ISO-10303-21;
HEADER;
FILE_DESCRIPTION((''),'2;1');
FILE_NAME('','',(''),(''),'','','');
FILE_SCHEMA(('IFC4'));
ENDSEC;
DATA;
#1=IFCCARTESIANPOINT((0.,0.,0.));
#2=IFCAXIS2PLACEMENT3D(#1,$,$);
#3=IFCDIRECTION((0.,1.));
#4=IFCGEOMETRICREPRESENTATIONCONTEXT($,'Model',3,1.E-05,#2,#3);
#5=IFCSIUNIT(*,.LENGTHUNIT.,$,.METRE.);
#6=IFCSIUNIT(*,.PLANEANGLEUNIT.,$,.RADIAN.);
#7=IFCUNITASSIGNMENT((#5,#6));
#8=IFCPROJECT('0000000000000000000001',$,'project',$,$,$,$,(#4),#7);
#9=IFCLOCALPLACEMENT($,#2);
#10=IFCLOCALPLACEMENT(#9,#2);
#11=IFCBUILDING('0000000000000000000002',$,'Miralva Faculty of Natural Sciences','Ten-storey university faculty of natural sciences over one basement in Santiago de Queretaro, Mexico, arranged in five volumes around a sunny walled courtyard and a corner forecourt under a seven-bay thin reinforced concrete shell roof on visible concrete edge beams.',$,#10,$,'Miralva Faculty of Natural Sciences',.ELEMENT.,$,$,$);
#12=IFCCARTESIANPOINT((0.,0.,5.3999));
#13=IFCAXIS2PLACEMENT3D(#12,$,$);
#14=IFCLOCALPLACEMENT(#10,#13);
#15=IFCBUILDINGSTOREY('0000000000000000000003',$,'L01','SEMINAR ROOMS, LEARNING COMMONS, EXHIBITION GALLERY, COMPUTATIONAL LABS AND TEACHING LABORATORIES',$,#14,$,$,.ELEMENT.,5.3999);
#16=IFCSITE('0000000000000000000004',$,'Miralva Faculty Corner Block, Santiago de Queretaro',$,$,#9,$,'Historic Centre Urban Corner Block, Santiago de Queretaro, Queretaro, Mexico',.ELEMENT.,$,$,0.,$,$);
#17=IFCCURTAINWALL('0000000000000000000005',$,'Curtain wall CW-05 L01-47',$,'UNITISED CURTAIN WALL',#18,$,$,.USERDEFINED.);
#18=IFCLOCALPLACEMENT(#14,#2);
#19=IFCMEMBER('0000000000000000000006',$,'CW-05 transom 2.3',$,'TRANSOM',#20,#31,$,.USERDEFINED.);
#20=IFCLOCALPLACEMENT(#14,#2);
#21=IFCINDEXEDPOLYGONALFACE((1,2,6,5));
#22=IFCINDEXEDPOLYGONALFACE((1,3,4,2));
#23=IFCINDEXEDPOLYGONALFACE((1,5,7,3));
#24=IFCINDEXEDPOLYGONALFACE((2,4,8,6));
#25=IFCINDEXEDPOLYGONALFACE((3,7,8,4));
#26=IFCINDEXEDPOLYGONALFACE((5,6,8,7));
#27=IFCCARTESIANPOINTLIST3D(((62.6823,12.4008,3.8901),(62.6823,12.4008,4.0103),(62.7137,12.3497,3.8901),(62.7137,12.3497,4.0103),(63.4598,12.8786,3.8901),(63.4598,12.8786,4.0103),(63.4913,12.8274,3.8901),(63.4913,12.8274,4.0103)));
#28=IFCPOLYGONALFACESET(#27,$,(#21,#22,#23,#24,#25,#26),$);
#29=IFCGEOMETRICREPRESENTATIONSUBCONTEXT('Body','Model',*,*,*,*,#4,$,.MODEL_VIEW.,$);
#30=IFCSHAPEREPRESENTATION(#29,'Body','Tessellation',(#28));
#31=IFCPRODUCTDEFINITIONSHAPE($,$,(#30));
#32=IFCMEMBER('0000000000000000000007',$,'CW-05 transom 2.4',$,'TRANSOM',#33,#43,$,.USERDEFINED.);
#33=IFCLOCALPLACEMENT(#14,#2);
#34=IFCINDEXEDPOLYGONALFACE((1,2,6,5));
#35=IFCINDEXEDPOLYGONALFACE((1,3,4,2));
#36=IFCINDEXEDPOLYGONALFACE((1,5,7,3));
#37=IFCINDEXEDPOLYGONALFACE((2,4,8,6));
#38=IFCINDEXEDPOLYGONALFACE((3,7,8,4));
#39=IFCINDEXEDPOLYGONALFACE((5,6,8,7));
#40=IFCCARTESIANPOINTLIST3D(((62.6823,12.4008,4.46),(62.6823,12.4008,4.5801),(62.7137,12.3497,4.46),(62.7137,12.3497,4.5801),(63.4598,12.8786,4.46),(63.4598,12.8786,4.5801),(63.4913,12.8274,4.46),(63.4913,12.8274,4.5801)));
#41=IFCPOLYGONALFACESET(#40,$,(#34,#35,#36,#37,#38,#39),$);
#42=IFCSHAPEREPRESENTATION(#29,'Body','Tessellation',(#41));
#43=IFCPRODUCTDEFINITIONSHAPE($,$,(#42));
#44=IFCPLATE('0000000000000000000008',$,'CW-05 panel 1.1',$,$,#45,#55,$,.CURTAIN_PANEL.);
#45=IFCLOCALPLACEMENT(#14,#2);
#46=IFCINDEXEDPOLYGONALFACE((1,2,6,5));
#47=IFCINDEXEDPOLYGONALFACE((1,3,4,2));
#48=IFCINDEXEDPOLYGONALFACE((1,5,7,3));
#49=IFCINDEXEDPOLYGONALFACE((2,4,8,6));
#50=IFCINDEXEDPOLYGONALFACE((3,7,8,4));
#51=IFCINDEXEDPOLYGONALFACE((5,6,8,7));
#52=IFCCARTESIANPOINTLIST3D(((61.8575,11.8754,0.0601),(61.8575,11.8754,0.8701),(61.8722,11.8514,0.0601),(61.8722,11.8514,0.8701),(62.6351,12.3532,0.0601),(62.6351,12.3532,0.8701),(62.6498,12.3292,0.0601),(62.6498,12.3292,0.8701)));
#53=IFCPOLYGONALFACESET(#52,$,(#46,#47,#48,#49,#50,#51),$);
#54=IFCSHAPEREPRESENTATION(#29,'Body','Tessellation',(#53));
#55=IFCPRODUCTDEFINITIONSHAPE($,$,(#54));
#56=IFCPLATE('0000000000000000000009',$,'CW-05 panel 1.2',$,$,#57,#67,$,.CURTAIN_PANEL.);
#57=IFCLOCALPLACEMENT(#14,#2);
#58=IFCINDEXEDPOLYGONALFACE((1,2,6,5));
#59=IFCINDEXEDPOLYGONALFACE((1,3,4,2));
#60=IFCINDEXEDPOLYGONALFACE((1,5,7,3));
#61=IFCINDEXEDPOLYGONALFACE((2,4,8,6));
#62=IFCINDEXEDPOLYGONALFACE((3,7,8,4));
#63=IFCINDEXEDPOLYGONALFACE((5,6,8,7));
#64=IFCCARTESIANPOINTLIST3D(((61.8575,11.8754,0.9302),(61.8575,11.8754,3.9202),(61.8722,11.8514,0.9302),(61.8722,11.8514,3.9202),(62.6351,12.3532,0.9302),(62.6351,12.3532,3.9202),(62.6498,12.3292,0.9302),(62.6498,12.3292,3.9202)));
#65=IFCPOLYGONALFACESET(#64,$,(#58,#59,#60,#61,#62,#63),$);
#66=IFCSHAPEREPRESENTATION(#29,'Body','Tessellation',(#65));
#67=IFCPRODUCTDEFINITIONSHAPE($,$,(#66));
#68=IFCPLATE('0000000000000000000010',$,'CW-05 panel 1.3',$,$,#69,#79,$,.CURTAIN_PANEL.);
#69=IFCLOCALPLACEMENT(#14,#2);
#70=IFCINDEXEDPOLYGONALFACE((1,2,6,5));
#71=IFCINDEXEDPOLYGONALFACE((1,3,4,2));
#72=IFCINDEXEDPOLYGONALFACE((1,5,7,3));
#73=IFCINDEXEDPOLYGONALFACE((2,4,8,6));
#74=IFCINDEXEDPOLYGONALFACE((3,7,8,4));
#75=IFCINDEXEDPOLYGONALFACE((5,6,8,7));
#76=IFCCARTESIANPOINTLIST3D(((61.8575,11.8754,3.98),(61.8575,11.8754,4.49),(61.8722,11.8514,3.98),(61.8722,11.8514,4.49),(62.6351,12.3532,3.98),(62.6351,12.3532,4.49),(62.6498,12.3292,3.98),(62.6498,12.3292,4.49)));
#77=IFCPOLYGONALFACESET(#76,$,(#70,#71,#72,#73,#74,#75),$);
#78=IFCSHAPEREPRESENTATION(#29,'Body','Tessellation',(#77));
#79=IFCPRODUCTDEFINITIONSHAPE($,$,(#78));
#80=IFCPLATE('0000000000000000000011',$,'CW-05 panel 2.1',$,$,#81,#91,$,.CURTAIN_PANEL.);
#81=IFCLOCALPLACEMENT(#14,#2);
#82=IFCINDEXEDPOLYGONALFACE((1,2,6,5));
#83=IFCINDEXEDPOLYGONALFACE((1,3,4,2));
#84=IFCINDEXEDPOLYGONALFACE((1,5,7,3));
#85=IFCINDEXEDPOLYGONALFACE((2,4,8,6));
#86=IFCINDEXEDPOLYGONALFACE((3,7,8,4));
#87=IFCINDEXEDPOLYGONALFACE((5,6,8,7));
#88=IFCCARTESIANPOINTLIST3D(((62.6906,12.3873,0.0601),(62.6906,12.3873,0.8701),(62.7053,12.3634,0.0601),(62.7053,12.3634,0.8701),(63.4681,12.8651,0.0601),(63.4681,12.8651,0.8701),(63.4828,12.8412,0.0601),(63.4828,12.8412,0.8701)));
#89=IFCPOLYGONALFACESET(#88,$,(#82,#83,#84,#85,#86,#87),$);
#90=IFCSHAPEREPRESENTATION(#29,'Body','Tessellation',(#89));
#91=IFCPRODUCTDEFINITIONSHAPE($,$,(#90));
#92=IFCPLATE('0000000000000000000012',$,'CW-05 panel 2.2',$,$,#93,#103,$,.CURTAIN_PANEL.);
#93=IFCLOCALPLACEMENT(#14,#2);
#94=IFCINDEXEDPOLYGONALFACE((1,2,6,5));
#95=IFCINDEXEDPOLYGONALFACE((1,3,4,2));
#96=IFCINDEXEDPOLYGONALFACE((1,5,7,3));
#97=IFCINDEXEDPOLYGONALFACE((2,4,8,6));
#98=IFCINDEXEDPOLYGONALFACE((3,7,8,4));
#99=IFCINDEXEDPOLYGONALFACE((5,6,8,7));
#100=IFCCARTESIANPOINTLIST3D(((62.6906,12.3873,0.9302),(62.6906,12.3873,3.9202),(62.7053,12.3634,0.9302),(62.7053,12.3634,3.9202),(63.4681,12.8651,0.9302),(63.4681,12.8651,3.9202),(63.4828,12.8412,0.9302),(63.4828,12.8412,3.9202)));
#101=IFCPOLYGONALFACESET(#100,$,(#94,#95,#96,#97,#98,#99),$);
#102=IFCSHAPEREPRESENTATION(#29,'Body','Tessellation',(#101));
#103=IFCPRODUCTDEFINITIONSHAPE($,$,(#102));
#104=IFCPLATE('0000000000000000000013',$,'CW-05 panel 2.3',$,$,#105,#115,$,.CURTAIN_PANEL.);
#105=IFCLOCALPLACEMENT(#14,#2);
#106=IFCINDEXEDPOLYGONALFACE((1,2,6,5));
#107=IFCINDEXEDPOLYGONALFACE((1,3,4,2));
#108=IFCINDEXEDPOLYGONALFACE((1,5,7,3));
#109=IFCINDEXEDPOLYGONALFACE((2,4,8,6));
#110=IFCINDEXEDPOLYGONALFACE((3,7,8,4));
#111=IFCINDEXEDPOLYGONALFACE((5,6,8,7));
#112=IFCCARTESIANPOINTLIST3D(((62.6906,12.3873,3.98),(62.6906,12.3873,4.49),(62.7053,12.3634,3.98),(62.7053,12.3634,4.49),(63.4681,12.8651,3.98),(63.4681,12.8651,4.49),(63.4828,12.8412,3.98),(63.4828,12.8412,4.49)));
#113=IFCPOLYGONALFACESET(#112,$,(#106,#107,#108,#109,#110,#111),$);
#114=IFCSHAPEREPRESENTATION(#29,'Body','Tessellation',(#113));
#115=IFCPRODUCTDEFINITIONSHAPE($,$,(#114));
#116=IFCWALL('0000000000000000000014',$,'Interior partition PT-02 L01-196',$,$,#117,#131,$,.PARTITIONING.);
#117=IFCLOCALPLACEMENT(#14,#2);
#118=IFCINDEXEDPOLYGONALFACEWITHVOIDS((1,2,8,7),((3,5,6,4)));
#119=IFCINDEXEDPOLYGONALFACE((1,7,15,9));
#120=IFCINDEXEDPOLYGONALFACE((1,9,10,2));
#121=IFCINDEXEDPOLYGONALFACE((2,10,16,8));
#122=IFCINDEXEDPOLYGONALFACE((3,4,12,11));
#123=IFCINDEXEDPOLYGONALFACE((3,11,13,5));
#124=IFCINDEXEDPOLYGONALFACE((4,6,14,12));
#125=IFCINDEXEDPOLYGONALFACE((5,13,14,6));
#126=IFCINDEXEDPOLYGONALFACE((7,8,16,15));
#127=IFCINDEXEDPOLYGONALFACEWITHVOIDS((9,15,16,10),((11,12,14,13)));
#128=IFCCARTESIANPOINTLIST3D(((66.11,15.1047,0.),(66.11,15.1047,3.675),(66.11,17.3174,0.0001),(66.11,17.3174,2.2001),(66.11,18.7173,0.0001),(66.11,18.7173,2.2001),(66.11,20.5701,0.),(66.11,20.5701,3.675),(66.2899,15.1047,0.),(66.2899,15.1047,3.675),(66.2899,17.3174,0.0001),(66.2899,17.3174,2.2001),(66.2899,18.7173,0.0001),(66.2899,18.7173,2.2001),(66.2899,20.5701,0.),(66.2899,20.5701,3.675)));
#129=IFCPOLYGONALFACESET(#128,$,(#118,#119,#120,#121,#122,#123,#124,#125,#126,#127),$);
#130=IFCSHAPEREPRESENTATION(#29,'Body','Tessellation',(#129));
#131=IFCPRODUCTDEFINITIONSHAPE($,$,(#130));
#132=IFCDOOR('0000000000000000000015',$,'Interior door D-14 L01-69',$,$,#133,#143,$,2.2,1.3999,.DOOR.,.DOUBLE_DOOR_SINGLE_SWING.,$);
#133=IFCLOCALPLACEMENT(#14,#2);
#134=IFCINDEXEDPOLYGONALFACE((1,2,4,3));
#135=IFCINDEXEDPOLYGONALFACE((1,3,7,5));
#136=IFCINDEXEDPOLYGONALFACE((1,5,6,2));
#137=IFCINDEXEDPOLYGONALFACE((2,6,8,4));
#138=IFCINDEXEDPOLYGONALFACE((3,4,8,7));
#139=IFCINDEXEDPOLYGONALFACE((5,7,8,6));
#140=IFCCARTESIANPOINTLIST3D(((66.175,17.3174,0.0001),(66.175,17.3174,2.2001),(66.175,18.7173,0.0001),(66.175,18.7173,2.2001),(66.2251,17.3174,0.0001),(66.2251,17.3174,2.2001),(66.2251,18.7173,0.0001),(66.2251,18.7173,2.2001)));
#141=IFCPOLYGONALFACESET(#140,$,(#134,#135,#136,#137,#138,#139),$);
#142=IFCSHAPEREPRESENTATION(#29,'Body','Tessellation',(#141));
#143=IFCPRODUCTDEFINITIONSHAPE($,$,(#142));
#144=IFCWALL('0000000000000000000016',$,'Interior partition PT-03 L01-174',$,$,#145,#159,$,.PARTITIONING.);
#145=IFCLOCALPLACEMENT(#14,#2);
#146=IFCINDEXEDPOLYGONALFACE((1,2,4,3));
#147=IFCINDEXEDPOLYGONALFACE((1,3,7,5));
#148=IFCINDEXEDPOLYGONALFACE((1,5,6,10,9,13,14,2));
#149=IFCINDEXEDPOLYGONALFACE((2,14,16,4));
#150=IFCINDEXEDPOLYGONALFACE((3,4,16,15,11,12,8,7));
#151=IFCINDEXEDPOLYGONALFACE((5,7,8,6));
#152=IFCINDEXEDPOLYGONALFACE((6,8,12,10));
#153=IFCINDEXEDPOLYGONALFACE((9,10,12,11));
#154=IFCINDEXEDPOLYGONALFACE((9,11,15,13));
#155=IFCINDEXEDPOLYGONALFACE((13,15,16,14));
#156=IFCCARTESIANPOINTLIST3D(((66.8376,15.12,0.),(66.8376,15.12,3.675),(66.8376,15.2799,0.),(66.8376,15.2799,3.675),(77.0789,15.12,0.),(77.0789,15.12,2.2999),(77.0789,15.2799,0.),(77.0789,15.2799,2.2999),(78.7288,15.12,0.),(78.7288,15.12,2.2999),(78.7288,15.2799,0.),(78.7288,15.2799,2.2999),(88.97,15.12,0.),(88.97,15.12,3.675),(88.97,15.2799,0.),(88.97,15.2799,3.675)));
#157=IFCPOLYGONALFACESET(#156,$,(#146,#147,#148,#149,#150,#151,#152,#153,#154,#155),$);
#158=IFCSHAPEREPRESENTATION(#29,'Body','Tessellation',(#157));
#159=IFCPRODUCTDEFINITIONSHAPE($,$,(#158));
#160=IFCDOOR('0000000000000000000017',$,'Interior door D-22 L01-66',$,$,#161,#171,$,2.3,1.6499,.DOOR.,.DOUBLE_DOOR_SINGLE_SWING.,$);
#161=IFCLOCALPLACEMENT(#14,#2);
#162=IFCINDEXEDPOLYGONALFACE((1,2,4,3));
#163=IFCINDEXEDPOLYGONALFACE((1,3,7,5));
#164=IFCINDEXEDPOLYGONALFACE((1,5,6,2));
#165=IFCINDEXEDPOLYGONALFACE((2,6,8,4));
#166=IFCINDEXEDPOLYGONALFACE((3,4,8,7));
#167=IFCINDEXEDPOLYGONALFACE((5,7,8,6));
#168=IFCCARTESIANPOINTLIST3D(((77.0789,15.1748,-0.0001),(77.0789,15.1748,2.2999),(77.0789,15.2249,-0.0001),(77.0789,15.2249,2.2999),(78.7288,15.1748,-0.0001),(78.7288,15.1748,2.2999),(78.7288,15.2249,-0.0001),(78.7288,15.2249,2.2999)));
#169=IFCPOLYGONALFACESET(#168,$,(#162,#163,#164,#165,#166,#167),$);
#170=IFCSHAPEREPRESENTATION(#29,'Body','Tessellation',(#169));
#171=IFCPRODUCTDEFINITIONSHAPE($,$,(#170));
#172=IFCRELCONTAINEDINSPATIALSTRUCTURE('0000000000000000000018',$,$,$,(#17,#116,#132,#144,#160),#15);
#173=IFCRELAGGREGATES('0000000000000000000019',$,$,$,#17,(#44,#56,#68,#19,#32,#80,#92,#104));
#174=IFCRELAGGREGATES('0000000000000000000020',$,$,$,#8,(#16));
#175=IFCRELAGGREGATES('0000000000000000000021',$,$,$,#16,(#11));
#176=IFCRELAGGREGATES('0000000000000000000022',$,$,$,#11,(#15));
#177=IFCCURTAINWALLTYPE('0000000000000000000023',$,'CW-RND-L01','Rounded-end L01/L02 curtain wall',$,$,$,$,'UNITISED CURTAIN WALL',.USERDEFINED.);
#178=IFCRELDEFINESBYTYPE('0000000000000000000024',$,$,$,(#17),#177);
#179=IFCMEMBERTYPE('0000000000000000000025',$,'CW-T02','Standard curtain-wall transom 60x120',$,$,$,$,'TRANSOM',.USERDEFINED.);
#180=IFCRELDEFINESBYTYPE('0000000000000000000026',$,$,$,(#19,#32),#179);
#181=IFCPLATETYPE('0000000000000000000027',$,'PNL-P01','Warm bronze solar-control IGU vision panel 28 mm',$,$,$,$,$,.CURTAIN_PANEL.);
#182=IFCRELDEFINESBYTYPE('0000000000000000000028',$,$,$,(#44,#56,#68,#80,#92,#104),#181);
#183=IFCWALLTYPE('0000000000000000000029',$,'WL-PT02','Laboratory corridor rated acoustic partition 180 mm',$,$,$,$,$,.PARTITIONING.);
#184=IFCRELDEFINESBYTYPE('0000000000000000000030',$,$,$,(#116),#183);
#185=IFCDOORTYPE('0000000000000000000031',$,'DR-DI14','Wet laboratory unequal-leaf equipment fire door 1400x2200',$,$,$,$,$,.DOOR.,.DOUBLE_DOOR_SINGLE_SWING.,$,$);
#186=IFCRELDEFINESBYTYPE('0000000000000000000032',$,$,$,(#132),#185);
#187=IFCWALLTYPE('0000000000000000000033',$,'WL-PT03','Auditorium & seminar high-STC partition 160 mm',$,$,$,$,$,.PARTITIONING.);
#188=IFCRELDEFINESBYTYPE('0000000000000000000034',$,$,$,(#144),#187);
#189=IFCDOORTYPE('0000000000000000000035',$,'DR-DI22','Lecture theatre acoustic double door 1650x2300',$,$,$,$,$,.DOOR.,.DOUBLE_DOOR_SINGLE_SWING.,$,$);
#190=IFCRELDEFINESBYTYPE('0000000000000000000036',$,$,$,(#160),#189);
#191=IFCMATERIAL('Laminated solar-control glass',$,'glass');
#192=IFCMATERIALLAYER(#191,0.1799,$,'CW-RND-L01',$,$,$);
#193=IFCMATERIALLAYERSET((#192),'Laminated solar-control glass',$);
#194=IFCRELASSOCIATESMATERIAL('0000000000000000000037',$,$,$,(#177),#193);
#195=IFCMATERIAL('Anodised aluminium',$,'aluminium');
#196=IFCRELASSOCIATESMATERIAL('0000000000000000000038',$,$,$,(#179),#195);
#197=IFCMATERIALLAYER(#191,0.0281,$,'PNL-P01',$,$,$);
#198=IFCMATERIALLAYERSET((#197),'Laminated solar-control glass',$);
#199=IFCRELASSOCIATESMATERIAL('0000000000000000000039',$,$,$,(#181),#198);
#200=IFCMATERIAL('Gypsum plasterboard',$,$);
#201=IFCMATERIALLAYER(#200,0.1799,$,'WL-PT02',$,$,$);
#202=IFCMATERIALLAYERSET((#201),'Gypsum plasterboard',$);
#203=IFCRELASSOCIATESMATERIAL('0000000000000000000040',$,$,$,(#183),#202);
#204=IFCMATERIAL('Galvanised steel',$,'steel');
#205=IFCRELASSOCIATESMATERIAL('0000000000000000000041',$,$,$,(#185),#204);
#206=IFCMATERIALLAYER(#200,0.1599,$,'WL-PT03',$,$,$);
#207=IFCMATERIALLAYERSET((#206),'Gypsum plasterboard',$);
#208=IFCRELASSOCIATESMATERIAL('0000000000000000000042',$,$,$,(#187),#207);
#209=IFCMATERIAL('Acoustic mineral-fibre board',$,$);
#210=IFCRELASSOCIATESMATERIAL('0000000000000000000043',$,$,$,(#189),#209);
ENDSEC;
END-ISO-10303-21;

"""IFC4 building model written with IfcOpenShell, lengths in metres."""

from ifc_helpers import new_model, si_unit, direction, frame, frame_2d, origin, origin_2d, place, context, subcontext, project, spatial, rectangle, extrude, material, layer, layer_set, material_profile, profile_set, type_object, element, fill, aggregate, save


model = new_model("IFC4")

# Units and contexts
model_context = context("Model", 3, precision=1e-05, world=origin(), true_north=direction((0.0, 1.0)))
body_context = subcontext(model_context, "Body", "Model", "MODEL_VIEW")
ifc_project = project(units=[si_unit("LENGTHUNIT", "METRE"), si_unit("PLANEANGLEUNIT", "RADIAN")], contexts=[model_context])

# Site, building, storey
site_placement = place(None, origin())
site = spatial("IfcSite", under=ifc_project, at=site_placement, Name="Miralva Faculty Corner Block, Santiago de Queretaro", LongName="Historic Centre Urban Corner Block, Santiago de Queretaro, Queretaro, Mexico", CompositionType="ELEMENT", RefElevation=0.0)
building_placement = place(site_placement, origin())
building = spatial("IfcBuilding", under=site, at=building_placement, Name="Miralva Faculty of Natural Sciences", Description="Ten-storey university faculty of natural sciences over one basement in Santiago de Queretaro, Mexico, arranged in five volumes around a sunny walled courtyard and a corner forecourt under a seven-bay thin reinforced concrete shell roof on visible concrete edge beams.", LongName="Miralva Faculty of Natural Sciences", CompositionType="ELEMENT")
storey_placement = place(building_placement, frame((0.0, 0.0, 5.3999)))
storey = spatial("IfcBuildingStorey", under=building, at=storey_placement, Name="L01", Description="SEMINAR ROOMS, LEARNING COMMONS, EXHIBITION GALLERY, COMPUTATIONAL LABS AND TEACHING LABORATORIES", CompositionType="ELEMENT", Elevation=5.3999)

# Curtain wall, members, plates
ifc_material_1 = material(Name="Laminated solar-control glass", Category="glass")
ifc_layer_1 = layer(ifc_material_1, 0.1799, Name="CW-RND-L01")
ifc_layer_set_1 = layer_set([ifc_layer_1], Name="Laminated solar-control glass")
curtain_wall_type = type_object("IfcCurtainWallType", Name="CW-RND-L01", Description="Rounded-end L01/L02 curtain wall", ElementType="UNITISED CURTAIN WALL", PredefinedType="USERDEFINED", material=ifc_layer_set_1)
curtain_wall_placement = place(storey_placement, origin())
curtain_wall = element("IfcCurtainWall", 1, at=curtain_wall_placement, inside=storey, type_object=curtain_wall_type, Name="Curtain wall CW-05 L01-47", ObjectType="UNITISED CURTAIN WALL", PredefinedType="USERDEFINED")
ifc_material_2 = material(Name="Anodised aluminium", Category="aluminium")
ifc_material_profile_1 = material_profile(ifc_material_2, rectangle(XDim=0.0601, YDim=0.1201, at=origin_2d()), Name="TRANSOM 60x120")
ifc_profile_set_1 = profile_set([ifc_material_profile_1], Name="Anodised aluminium")
member_type_1 = type_object("IfcMemberType", Name="CW-T02", Description="Standard curtain-wall transom 60x120", ElementType="TRANSOM", PredefinedType="USERDEFINED", material=ifc_profile_set_1)
member_1_placement = place(storey_placement, frame((62.698, 12.3752, 3.9502), z_axis=(0.852016, 0.523515, 0.0), x_axis=(-0.523515, 0.852016, 0.0)))
member_1 = element("IfcMember", 2, at=member_1_placement, type_object=member_type_1, Name="CW-05 transom 2.3", ObjectType="TRANSOM", PredefinedType="USERDEFINED", context=body_context, shape_type="SweptSolid", body=[
    extrude(rectangle(XDim=0.0601, YDim=0.1201, at=origin_2d()), origin(), (0.0, 0.0, 1.0), 0.9126),
])
member_2_placement = place(storey_placement, frame((62.698, 12.3752, 4.52), z_axis=(0.852016, 0.523515, 0.0), x_axis=(-0.523515, 0.852016, 0.0)))
member_2 = element("IfcMember", 3, at=member_2_placement, type_object=member_type_1, Name="CW-05 transom 2.4", ObjectType="TRANSOM", PredefinedType="USERDEFINED", context=body_context, shape_type="SweptSolid", body=[
    extrude(rectangle(XDim=0.0601, YDim=0.1201, at=origin_2d()), origin(), (0.0, 0.0, 1.0), 0.9126),
])
ifc_layer_2 = layer(ifc_material_1, 0.0281, Name="PNL-P01")
ifc_layer_set_2 = layer_set([ifc_layer_2], Name="Laminated solar-control glass")
plate_type = type_object("IfcPlateType", Name="PNL-P01", Description="Warm bronze solar-control IGU vision panel 28 mm", PredefinedType="CURTAIN_PANEL", material=ifc_layer_set_2)
plate_1_placement = place(storey_placement, frame((62.2537, 12.1023, 0.0601), z_axis=(0.0, 0.0, 1.0), x_axis=(0.851995, 0.523551, 0.0)))
plate_1 = element("IfcPlate", 4, at=plate_1_placement, type_object=plate_type, Name="CW-05 panel 1.1", PredefinedType="CURTAIN_PANEL", context=body_context, shape_type="SweptSolid", body=[
    extrude(rectangle(XDim=0.9126, YDim=0.0281, at=origin_2d()), origin(), (0.0, 0.0, 1.0), 0.8101),
])
plate_2_placement = place(storey_placement, frame((62.2537, 12.1023, 0.9302), z_axis=(0.0, 0.0, 1.0), x_axis=(0.851995, 0.523551, 0.0)))
plate_2 = element("IfcPlate", 5, at=plate_2_placement, type_object=plate_type, Name="CW-05 panel 1.2", PredefinedType="CURTAIN_PANEL", context=body_context, shape_type="SweptSolid", body=[
    extrude(rectangle(XDim=0.9126, YDim=0.0281, at=origin_2d()), origin(), (0.0, 0.0, 1.0), 2.99),
])
plate_3_placement = place(storey_placement, frame((62.2537, 12.1023, 3.98), z_axis=(0.0, 0.0, 1.0), x_axis=(0.851995, 0.523551, 0.0)))
plate_3 = element("IfcPlate", 6, at=plate_3_placement, type_object=plate_type, Name="CW-05 panel 1.3", PredefinedType="CURTAIN_PANEL", context=body_context, shape_type="SweptSolid", body=[
    extrude(rectangle(XDim=0.9126, YDim=0.0281, at=origin_2d()), origin(), (0.0, 0.0, 1.0), 0.51),
])
plate_4_placement = place(storey_placement, frame((63.0867, 12.6143, 0.0601), z_axis=(0.0, 0.0, 1.0), x_axis=(0.851995, 0.523551, 0.0)))
plate_4 = element("IfcPlate", 7, at=plate_4_placement, type_object=plate_type, Name="CW-05 panel 2.1", PredefinedType="CURTAIN_PANEL", context=body_context, shape_type="SweptSolid", body=[
    extrude(rectangle(XDim=0.9126, YDim=0.0281, at=origin_2d()), origin(), (0.0, 0.0, 1.0), 0.8101),
])
plate_5_placement = place(storey_placement, frame((63.0867, 12.6143, 0.9302), z_axis=(0.0, 0.0, 1.0), x_axis=(0.851995, 0.523551, 0.0)))
plate_5 = element("IfcPlate", 8, at=plate_5_placement, type_object=plate_type, Name="CW-05 panel 2.2", PredefinedType="CURTAIN_PANEL", context=body_context, shape_type="SweptSolid", body=[
    extrude(rectangle(XDim=0.9126, YDim=0.0281, at=origin_2d()), origin(), (0.0, 0.0, 1.0), 2.99),
])
plate_6_placement = place(storey_placement, frame((63.0867, 12.6143, 3.98), z_axis=(0.0, 0.0, 1.0), x_axis=(0.851995, 0.523551, 0.0)))
plate_6 = element("IfcPlate", 9, at=plate_6_placement, type_object=plate_type, Name="CW-05 panel 2.3", PredefinedType="CURTAIN_PANEL", context=body_context, shape_type="SweptSolid", body=[
    extrude(rectangle(XDim=0.9126, YDim=0.0281, at=origin_2d()), origin(), (0.0, 0.0, 1.0), 0.51),
])
aggregate(curtain_wall, [plate_1, plate_2, plate_3, member_1, member_2, plate_4, plate_5, plate_6])

# Walls, openings, doors
ifc_material_3 = material(Name="Gypsum plasterboard")
ifc_layer_3 = layer(ifc_material_3, 0.1799, Name="WL-PT02")
ifc_layer_set_3 = layer_set([ifc_layer_3], Name="Gypsum plasterboard")
wall_type_1 = type_object("IfcWallType", Name="WL-PT02", Description="Laboratory corridor rated acoustic partition 180 mm", PredefinedType="PARTITIONING", material=ifc_layer_set_3)
wall_1_placement = place(storey_placement, frame((66.2, 15.1047, 0.0), z_axis=(0.0, 0.0, 1.0), x_axis=(0.0, 1.0, 0.0)))
wall_1 = element("IfcWall", 10, at=wall_1_placement, inside=storey, type_object=wall_type_1, Name="Interior partition PT-02 L01-196", PredefinedType="PARTITIONING", context=body_context, shape_type="SweptSolid", body=[
    extrude(rectangle(XDim=5.4653, YDim=0.1799, at=frame_2d((2.7327, 0.0))), origin(), (0.0, 0.0, 1.0), 3.675),
])
opening_1_placement = place(wall_1_placement, frame((2.2126, 0.0, 0.0)))
opening_1 = element("IfcOpeningElement", 11, at=opening_1_placement, cuts=wall_1, PredefinedType="OPENING", context=body_context, shape_type="SweptSolid", body=[
    extrude(rectangle(XDim=1.3999, YDim=2.2, at=frame_2d((0.7, 1.1001))), frame((0.0, 0.0999, 0.0), z_axis=(0.0, -1.0, 0.0), x_axis=(1.0, 0.0, 0.0)), (0.0, 0.0, 1.0), 0.2),
])
ifc_material_4 = material(Name="Galvanised steel", Category="steel")
door_type_1 = type_object("IfcDoorType", Name="DR-DI14", Description="Wet laboratory unequal-leaf equipment fire door 1400x2200", OperationType="DOUBLE_DOOR_SINGLE_SWING", PredefinedType="DOOR", material=ifc_material_4)
door_1_placement = place(opening_1_placement, origin())
door_1 = element("IfcDoor", 12, at=door_1_placement, inside=storey, type_object=door_type_1, Name="Interior door D-14 L01-69", OperationType="DOUBLE_DOOR_SINGLE_SWING", OverallHeight=2.2, OverallWidth=1.3999, PredefinedType="DOOR", context=body_context, shape_type="SweptSolid", body=[
    extrude(rectangle(XDim=1.3999, YDim=2.2, at=frame_2d((0.7, 1.1001))), frame((0.0, 0.0249, 0.0), z_axis=(0.0, -1.0, 0.0), x_axis=(1.0, 0.0, 0.0)), (0.0, 0.0, 1.0), 0.05),
])
fill(opening_1, door_1)
ifc_layer_4 = layer(ifc_material_3, 0.1599, Name="WL-PT03")
ifc_layer_set_4 = layer_set([ifc_layer_4], Name="Gypsum plasterboard")
wall_type_2 = type_object("IfcWallType", Name="WL-PT03", Description="Auditorium & seminar high-STC partition 160 mm", PredefinedType="PARTITIONING", material=ifc_layer_set_4)
wall_2_placement = place(storey_placement, frame((66.8376, 15.2, 0.0), z_axis=(0.0, 0.0, 1.0), x_axis=(1.0, 0.0, 0.0)))
wall_2 = element("IfcWall", 13, at=wall_2_placement, inside=storey, type_object=wall_type_2, Name="Interior partition PT-03 L01-174", PredefinedType="PARTITIONING", context=body_context, shape_type="SweptSolid", body=[
    extrude(rectangle(XDim=22.1323, YDim=0.1599, at=frame_2d((11.0662, 0.0))), origin(), (0.0, 0.0, 1.0), 3.675),
])
opening_2_placement = place(wall_2_placement, frame((10.2412, 0.0, 0.0)))
opening_2 = element("IfcOpeningElement", 14, at=opening_2_placement, cuts=wall_2, PredefinedType="OPENING", context=body_context, shape_type="SweptSolid", body=[
    extrude(rectangle(XDim=1.6499, YDim=2.3, at=frame_2d((0.825, 1.1499))), frame((0.0, 0.0898, 0.0), z_axis=(0.0, -1.0, 0.0), x_axis=(1.0, 0.0, 0.0)), (0.0, 0.0, 1.0), 0.1799),
])
ifc_material_5 = material(Name="Acoustic mineral-fibre board")
door_type_2 = type_object("IfcDoorType", Name="DR-DI22", Description="Lecture theatre acoustic double door 1650x2300", OperationType="DOUBLE_DOOR_SINGLE_SWING", PredefinedType="DOOR", material=ifc_material_5)
door_2_placement = place(opening_2_placement, origin())
door_2 = element("IfcDoor", 15, at=door_2_placement, inside=storey, type_object=door_type_2, Name="Interior door D-22 L01-66", OperationType="DOUBLE_DOOR_SINGLE_SWING", OverallHeight=2.3, OverallWidth=1.6499, PredefinedType="DOOR", context=body_context, shape_type="SweptSolid", body=[
    extrude(rectangle(XDim=1.6499, YDim=2.3, at=frame_2d((0.825, 1.1499))), frame((0.0, 0.0249, 0.0), z_axis=(0.0, -1.0, 0.0), x_axis=(1.0, 0.0, 0.0)), (0.0, 0.0, 1.0), 0.05),
])
fill(opening_2, door_2)

save(model, "model.ifc")
